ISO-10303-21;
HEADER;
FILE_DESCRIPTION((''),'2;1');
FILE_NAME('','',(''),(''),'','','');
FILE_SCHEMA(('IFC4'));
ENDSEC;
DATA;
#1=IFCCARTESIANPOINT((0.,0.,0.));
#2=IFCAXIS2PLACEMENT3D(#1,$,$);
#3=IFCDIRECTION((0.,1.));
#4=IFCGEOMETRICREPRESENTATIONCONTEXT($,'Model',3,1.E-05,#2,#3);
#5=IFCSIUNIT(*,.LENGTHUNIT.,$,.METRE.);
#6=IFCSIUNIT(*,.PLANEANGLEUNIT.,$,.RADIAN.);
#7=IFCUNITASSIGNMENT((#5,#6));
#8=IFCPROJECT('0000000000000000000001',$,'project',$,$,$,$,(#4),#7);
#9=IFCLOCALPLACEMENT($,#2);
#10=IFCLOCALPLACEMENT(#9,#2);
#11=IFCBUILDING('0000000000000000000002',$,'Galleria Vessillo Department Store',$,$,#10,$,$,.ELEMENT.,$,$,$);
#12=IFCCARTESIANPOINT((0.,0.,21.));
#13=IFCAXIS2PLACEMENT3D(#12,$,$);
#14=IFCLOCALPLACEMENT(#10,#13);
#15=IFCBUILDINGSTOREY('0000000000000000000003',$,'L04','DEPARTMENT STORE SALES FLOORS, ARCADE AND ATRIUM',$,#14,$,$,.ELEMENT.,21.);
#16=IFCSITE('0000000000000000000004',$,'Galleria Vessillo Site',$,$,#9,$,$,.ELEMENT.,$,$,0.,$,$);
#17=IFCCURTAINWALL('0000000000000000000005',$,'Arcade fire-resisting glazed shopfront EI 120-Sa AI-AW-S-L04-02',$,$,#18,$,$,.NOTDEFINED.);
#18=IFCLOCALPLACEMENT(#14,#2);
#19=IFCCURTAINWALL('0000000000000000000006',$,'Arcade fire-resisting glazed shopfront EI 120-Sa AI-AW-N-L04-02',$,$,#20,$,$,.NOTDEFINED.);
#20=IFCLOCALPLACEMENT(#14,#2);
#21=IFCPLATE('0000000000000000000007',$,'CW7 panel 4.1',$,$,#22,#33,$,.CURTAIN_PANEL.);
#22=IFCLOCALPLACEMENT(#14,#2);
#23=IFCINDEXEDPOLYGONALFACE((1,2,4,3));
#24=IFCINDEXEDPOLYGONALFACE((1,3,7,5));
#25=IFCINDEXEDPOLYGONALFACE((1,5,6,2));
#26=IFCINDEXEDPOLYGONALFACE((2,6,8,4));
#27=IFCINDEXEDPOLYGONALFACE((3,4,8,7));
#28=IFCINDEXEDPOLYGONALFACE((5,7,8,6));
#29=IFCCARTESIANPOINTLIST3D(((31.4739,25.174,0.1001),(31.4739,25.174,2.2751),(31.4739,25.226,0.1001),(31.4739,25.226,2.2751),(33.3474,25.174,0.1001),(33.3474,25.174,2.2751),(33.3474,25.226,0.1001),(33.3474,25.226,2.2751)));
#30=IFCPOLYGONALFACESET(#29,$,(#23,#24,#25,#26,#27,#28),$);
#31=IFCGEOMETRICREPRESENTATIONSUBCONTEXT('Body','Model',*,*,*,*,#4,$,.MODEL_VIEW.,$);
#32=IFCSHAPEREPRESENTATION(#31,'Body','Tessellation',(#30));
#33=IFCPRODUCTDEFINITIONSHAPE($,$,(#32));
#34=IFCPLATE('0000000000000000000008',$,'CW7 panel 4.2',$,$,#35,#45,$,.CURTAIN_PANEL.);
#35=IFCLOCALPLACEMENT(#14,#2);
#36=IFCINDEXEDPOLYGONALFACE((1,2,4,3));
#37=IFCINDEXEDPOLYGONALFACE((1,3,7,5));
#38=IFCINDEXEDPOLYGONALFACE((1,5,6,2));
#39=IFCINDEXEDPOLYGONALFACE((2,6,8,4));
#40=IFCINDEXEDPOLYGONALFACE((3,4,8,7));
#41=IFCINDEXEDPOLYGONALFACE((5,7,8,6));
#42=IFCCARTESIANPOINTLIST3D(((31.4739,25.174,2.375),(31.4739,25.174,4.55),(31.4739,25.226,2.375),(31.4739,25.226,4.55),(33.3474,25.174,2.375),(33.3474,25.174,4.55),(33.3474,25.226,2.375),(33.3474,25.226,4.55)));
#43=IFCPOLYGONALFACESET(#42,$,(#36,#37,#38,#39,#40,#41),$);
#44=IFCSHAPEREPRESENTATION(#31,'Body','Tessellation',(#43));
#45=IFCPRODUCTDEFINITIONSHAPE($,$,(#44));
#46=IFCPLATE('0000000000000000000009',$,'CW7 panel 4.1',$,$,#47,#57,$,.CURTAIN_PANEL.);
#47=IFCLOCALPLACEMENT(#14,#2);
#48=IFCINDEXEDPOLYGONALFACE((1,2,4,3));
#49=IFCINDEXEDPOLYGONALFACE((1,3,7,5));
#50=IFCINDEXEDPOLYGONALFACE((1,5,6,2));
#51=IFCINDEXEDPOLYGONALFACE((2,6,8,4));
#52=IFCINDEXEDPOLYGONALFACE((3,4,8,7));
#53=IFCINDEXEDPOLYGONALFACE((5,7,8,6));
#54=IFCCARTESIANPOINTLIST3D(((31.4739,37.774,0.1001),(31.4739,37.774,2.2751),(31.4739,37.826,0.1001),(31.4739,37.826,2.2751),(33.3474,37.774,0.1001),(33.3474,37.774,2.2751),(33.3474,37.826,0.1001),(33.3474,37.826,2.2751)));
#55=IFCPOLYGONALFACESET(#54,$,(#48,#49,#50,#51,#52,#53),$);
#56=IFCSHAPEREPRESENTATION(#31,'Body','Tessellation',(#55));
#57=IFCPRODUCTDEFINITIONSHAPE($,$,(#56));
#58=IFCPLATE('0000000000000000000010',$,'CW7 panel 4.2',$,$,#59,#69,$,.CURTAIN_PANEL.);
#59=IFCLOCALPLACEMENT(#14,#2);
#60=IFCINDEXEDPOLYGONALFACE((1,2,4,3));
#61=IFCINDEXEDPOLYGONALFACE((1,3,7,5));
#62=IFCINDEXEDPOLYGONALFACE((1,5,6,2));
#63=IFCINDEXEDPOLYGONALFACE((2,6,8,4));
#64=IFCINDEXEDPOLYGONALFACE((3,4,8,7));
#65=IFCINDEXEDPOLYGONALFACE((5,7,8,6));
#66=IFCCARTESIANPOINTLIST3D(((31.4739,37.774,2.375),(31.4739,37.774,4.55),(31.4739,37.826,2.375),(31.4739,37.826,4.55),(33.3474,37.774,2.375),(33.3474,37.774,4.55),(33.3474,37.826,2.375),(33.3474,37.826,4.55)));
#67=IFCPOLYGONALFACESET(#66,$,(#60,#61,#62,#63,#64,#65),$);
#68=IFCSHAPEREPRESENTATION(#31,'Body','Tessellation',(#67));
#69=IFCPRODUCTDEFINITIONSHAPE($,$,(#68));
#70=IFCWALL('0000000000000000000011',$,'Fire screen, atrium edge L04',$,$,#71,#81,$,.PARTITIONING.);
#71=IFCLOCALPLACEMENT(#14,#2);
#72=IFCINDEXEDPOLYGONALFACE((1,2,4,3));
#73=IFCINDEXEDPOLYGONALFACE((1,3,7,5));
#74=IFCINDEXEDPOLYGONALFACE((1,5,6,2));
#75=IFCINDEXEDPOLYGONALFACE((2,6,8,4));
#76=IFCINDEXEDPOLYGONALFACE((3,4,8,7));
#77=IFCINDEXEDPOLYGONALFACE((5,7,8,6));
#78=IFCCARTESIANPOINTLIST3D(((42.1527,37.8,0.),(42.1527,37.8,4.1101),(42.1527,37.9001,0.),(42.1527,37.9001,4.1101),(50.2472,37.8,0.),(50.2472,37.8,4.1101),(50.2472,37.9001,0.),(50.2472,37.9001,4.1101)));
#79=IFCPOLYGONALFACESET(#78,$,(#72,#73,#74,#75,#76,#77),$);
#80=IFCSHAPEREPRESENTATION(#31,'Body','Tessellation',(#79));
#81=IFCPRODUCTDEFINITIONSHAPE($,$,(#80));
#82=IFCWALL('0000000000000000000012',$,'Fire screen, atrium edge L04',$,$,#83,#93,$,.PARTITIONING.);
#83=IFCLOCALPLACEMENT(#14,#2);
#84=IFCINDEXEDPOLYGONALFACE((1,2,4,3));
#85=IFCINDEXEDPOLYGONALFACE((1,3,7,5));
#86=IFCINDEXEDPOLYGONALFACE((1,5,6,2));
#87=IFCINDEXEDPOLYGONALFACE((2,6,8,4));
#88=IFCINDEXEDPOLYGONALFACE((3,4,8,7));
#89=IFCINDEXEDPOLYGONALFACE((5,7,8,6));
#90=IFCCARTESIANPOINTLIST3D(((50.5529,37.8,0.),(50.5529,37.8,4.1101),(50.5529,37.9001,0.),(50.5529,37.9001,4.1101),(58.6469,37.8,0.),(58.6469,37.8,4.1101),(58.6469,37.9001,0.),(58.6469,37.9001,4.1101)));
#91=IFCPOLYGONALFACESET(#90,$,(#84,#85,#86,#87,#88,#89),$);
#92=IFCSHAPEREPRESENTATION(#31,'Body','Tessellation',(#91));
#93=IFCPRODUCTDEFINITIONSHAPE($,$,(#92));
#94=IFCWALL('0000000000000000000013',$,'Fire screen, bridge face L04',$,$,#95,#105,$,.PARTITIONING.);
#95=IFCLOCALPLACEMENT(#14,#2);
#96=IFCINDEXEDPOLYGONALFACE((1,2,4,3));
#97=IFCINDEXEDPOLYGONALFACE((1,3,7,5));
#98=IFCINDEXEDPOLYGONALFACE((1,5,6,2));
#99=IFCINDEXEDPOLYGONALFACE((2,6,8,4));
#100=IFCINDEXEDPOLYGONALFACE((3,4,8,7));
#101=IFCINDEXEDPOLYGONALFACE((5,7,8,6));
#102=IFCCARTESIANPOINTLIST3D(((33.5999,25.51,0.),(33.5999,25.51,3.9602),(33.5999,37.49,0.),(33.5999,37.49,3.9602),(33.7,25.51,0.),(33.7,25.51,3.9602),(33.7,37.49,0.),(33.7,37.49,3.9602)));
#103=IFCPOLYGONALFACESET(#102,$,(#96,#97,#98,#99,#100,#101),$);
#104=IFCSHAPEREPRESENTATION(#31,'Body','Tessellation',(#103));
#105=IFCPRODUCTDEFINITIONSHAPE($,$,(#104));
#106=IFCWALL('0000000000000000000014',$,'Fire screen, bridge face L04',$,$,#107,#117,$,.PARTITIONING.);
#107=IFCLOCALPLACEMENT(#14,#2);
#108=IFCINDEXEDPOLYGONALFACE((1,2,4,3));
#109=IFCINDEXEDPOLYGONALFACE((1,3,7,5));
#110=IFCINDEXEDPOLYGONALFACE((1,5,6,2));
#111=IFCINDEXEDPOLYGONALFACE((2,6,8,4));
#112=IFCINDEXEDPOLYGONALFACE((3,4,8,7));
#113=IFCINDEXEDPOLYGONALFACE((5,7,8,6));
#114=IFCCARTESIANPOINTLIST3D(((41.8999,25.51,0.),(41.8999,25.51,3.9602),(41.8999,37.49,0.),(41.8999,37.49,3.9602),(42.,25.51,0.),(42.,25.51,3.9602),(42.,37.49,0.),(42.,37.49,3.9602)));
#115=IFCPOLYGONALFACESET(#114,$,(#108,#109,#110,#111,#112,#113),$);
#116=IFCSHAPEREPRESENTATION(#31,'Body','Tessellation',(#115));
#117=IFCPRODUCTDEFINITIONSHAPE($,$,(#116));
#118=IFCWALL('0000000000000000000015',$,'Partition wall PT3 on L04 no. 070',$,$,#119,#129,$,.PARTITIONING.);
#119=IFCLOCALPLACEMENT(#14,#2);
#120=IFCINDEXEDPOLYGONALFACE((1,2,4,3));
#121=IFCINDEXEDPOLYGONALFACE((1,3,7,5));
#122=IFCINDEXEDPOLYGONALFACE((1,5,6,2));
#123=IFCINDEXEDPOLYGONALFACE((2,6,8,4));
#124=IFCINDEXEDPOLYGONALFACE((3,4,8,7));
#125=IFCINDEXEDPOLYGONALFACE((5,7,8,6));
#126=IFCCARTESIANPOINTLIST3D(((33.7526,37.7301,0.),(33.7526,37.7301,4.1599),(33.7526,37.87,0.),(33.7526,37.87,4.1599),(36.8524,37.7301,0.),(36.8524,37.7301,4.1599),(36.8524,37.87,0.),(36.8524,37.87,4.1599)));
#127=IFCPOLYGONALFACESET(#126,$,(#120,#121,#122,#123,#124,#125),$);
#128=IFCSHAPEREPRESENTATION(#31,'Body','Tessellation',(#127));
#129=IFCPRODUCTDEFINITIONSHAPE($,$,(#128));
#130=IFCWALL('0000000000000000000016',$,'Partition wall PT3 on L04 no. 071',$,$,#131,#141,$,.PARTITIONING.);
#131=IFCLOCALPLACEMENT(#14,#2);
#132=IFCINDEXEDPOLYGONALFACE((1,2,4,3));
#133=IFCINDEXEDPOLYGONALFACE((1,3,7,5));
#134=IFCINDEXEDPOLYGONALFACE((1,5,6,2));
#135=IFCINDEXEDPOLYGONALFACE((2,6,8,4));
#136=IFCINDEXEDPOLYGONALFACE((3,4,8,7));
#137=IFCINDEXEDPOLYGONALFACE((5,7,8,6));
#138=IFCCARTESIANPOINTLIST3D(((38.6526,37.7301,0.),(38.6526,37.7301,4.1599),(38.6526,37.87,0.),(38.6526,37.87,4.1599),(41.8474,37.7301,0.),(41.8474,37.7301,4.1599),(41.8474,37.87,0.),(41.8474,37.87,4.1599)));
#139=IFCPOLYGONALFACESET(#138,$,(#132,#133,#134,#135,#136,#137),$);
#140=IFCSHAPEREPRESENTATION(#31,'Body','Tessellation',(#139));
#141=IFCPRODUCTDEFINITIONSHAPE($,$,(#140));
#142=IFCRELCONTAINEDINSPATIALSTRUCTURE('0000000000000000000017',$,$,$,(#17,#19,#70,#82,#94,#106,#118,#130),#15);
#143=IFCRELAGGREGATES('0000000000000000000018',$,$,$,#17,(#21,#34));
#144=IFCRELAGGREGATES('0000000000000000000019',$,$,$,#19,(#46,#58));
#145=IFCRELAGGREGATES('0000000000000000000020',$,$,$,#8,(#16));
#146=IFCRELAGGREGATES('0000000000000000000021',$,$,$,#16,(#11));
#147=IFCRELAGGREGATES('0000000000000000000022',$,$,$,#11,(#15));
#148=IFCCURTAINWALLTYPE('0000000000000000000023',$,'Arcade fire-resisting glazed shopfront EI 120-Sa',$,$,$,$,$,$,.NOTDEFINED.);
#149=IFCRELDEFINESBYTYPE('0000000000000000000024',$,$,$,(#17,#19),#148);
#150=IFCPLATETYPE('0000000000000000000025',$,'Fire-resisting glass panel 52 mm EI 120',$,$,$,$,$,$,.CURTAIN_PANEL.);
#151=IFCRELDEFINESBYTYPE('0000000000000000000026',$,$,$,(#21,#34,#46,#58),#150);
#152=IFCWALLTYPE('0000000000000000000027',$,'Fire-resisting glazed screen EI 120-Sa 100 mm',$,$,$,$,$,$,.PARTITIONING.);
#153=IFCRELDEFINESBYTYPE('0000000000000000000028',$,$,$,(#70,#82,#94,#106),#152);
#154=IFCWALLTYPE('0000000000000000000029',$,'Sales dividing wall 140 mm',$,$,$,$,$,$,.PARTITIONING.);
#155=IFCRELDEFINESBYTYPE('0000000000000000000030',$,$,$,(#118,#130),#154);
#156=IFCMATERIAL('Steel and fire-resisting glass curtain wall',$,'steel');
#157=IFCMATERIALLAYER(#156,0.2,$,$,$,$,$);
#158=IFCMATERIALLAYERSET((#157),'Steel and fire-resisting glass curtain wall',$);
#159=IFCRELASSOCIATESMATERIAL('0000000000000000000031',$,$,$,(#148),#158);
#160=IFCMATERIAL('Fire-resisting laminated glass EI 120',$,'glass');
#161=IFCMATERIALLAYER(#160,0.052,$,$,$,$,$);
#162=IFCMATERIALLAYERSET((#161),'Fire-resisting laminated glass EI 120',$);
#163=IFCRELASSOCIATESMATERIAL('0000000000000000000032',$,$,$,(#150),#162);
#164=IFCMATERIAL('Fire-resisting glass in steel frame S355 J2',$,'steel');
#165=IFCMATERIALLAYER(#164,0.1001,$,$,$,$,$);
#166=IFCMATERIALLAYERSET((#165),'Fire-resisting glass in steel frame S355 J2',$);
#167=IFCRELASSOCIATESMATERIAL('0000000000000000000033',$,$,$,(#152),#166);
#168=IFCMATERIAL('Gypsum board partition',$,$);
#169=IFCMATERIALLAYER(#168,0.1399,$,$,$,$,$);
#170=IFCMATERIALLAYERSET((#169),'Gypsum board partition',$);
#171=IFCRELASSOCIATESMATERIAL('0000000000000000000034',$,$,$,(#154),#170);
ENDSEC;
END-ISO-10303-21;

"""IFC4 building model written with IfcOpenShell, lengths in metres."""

from ifc_helpers import new_model, si_unit, direction, frame, frame_2d, origin, origin_2d, place, context, subcontext, project, spatial, rectangle, extrude, material, layer, layer_set, type_object, element, aggregate, save


model = new_model("IFC4")

# Units and contexts
model_context = context("Model", 3, precision=1e-05, world=origin(), true_north=direction((0.0, 1.0)))
body_context = subcontext(model_context, "Body", "Model", "MODEL_VIEW")
ifc_project = project(units=[si_unit("LENGTHUNIT", "METRE"), si_unit("PLANEANGLEUNIT", "RADIAN")], contexts=[model_context])

# Site, building, storey
site_placement = place(None, origin())
site = spatial("IfcSite", under=ifc_project, at=site_placement, Name="Galleria Vessillo Site", CompositionType="ELEMENT", RefElevation=0.0)
building_placement = place(site_placement, origin())
building = spatial("IfcBuilding", under=site, at=building_placement, Name="Galleria Vessillo Department Store", CompositionType="ELEMENT")
storey_placement = place(building_placement, frame((0.0, 0.0, 21.0)))
storey = spatial("IfcBuildingStorey", under=building, at=storey_placement, Name="L04", Description="DEPARTMENT STORE SALES FLOORS, ARCADE AND ATRIUM", CompositionType="ELEMENT", Elevation=21.0)

# Curtain wall
ifc_material_1 = material(Name="Steel and fire-resisting glass curtain wall", Category="steel")
ifc_layer_1 = layer(ifc_material_1, 0.2)
ifc_layer_set_1 = layer_set([ifc_layer_1], Name="Steel and fire-resisting glass curtain wall")
curtain_wall_type = type_object("IfcCurtainWallType", Name="Arcade fire-resisting glazed shopfront EI 120-Sa", PredefinedType="NOTDEFINED", material=ifc_layer_set_1)
curtain_wall_1_placement = place(storey_placement, origin())
curtain_wall_1 = element("IfcCurtainWall", 1, at=curtain_wall_1_placement, inside=storey, type_object=curtain_wall_type, Name="Arcade fire-resisting glazed shopfront EI 120-Sa AI-AW-S-L04-02", PredefinedType="NOTDEFINED")

# Curtain wall
curtain_wall_2_placement = place(storey_placement, origin())
curtain_wall_2 = element("IfcCurtainWall", 2, at=curtain_wall_2_placement, inside=storey, type_object=curtain_wall_type, Name="Arcade fire-resisting glazed shopfront EI 120-Sa AI-AW-N-L04-02", PredefinedType="NOTDEFINED")

# Plates
ifc_material_2 = material(Name="Fire-resisting laminated glass EI 120", Category="glass")
ifc_layer_2 = layer(ifc_material_2, 0.052)
ifc_layer_set_2 = layer_set([ifc_layer_2], Name="Fire-resisting laminated glass EI 120")
plate_type = type_object("IfcPlateType", Name="Fire-resisting glass panel 52 mm EI 120", PredefinedType="CURTAIN_PANEL", material=ifc_layer_set_2)
plate_1_placement = place(storey_placement, frame((32.4106, 25.2, 0.1001), z_axis=(0.0, 0.0, 1.0), x_axis=(1.0, 0.0, 0.0)))
plate_1 = element("IfcPlate", 3, at=plate_1_placement, type_object=plate_type, Name="CW7 panel 4.1", PredefinedType="CURTAIN_PANEL", context=body_context, shape_type="SweptSolid", body=[
    extrude(rectangle(XDim=1.8735, YDim=0.052, at=origin_2d()), origin(), (0.0, 0.0, 1.0), 2.175),
])
plate_2_placement = place(storey_placement, frame((32.4106, 25.2, 2.375), z_axis=(0.0, 0.0, 1.0), x_axis=(1.0, 0.0, 0.0)))
plate_2 = element("IfcPlate", 4, at=plate_2_placement, type_object=plate_type, Name="CW7 panel 4.2", PredefinedType="CURTAIN_PANEL", context=body_context, shape_type="SweptSolid", body=[
    extrude(rectangle(XDim=1.8735, YDim=0.052, at=origin_2d()), origin(), (0.0, 0.0, 1.0), 2.175),
])
aggregate(curtain_wall_1, [plate_1, plate_2])
plate_3_placement = place(storey_placement, frame((32.4106, 37.8, 0.1001), z_axis=(0.0, 0.0, 1.0), x_axis=(1.0, 0.0, 0.0)))
plate_3 = element("IfcPlate", 5, at=plate_3_placement, type_object=plate_type, Name="CW7 panel 4.1", PredefinedType="CURTAIN_PANEL", context=body_context, shape_type="SweptSolid", body=[
    extrude(rectangle(XDim=1.8735, YDim=0.052, at=origin_2d()), origin(), (0.0, 0.0, 1.0), 2.175),
])
plate_4_placement = place(storey_placement, frame((32.4106, 37.8, 2.375), z_axis=(0.0, 0.0, 1.0), x_axis=(1.0, 0.0, 0.0)))
plate_4 = element("IfcPlate", 6, at=plate_4_placement, type_object=plate_type, Name="CW7 panel 4.2", PredefinedType="CURTAIN_PANEL", context=body_context, shape_type="SweptSolid", body=[
    extrude(rectangle(XDim=1.8735, YDim=0.052, at=origin_2d()), origin(), (0.0, 0.0, 1.0), 2.175),
])
aggregate(curtain_wall_2, [plate_3, plate_4])

# Walls
ifc_material_3 = material(Name="Fire-resisting glass in steel frame S355 J2", Category="steel")
ifc_layer_3 = layer(ifc_material_3, 0.1001)
ifc_layer_set_3 = layer_set([ifc_layer_3], Name="Fire-resisting glass in steel frame S355 J2")
wall_type_1 = type_object("IfcWallType", Name="Fire-resisting glazed screen EI 120-Sa 100 mm", PredefinedType="PARTITIONING", material=ifc_layer_set_3)
wall_1_placement = place(storey_placement, frame((42.1526, 37.8501, 0.0), z_axis=(0.0, 0.0, 1.0), x_axis=(1.0, 0.0, 0.0)))
element("IfcWall", 7, at=wall_1_placement, inside=storey, type_object=wall_type_1, Name="Fire screen, atrium edge L04", PredefinedType="PARTITIONING", context=body_context, shape_type="SweptSolid", body=[
    extrude(rectangle(XDim=8.0945, YDim=0.1001, at=frame_2d((4.0474, 0.0))), origin(), (0.0, 0.0, 1.0), 4.1101),
])
wall_2_placement = place(storey_placement, frame((50.553, 37.8501, 0.0), z_axis=(0.0, 0.0, 1.0), x_axis=(1.0, 0.0, 0.0)))
element("IfcWall", 8, at=wall_2_placement, inside=storey, type_object=wall_type_1, Name="Fire screen, atrium edge L04", PredefinedType="PARTITIONING", context=body_context, shape_type="SweptSolid", body=[
    extrude(rectangle(XDim=8.094, YDim=0.1001, at=frame_2d((4.0469, 0.0))), origin(), (0.0, 0.0, 1.0), 4.1101),
])
for number, where, z_axis, x_axis, name in (
    (9, (33.6499, 25.51, 0.0), (0.0, 0.0, 1.0), (0.0, 1.0, 0.0), "Fire screen, bridge face L04"),
    (10, (41.95, 25.51, 0.0), (0.0, 0.0, 1.0), (0.0, 1.0, 0.0), "Fire screen, bridge face L04"),
):
    element("IfcWall", number, at=place(storey_placement, frame(where, z_axis=z_axis, x_axis=x_axis)), inside=storey, type_object=wall_type_1, Name=name, PredefinedType="PARTITIONING", context=body_context, shape_type="SweptSolid", body=[
        extrude(rectangle(XDim=11.98, YDim=0.1001, at=frame_2d((5.99, 0.0))), origin(), (0.0, 0.0, 1.0), 3.9602),
    ])
ifc_material_4 = material(Name="Gypsum board partition")
ifc_layer_4 = layer(ifc_material_4, 0.1399)
ifc_layer_set_4 = layer_set([ifc_layer_4], Name="Gypsum board partition")
wall_type_2 = type_object("IfcWallType", Name="Sales dividing wall 140 mm", PredefinedType="PARTITIONING", material=ifc_layer_set_4)
wall_3_placement = place(storey_placement, frame((33.7527, 37.8, 0.0), z_axis=(0.0, 0.0, 1.0), x_axis=(1.0, 0.0, 0.0)))
element("IfcWall", 11, at=wall_3_placement, inside=storey, type_object=wall_type_2, Name="Partition wall PT3 on L04 no. 070", PredefinedType="PARTITIONING", context=body_context, shape_type="SweptSolid", body=[
    extrude(rectangle(XDim=3.0999, YDim=0.1399, at=frame_2d((1.5498, 0.0))), origin(), (0.0, 0.0, 1.0), 4.1599),
])
wall_4_placement = place(storey_placement, frame((38.6526, 37.8, 0.0), z_axis=(0.0, 0.0, 1.0), x_axis=(1.0, 0.0, 0.0)))
element("IfcWall", 12, at=wall_4_placement, inside=storey, type_object=wall_type_2, Name="Partition wall PT3 on L04 no. 071", PredefinedType="PARTITIONING", context=body_context, shape_type="SweptSolid", body=[
    extrude(rectangle(XDim=3.1948, YDim=0.1399, at=frame_2d((1.5974, 0.0))), origin(), (0.0, 0.0, 1.0), 4.1599),
])

save(model, "model.ifc")
